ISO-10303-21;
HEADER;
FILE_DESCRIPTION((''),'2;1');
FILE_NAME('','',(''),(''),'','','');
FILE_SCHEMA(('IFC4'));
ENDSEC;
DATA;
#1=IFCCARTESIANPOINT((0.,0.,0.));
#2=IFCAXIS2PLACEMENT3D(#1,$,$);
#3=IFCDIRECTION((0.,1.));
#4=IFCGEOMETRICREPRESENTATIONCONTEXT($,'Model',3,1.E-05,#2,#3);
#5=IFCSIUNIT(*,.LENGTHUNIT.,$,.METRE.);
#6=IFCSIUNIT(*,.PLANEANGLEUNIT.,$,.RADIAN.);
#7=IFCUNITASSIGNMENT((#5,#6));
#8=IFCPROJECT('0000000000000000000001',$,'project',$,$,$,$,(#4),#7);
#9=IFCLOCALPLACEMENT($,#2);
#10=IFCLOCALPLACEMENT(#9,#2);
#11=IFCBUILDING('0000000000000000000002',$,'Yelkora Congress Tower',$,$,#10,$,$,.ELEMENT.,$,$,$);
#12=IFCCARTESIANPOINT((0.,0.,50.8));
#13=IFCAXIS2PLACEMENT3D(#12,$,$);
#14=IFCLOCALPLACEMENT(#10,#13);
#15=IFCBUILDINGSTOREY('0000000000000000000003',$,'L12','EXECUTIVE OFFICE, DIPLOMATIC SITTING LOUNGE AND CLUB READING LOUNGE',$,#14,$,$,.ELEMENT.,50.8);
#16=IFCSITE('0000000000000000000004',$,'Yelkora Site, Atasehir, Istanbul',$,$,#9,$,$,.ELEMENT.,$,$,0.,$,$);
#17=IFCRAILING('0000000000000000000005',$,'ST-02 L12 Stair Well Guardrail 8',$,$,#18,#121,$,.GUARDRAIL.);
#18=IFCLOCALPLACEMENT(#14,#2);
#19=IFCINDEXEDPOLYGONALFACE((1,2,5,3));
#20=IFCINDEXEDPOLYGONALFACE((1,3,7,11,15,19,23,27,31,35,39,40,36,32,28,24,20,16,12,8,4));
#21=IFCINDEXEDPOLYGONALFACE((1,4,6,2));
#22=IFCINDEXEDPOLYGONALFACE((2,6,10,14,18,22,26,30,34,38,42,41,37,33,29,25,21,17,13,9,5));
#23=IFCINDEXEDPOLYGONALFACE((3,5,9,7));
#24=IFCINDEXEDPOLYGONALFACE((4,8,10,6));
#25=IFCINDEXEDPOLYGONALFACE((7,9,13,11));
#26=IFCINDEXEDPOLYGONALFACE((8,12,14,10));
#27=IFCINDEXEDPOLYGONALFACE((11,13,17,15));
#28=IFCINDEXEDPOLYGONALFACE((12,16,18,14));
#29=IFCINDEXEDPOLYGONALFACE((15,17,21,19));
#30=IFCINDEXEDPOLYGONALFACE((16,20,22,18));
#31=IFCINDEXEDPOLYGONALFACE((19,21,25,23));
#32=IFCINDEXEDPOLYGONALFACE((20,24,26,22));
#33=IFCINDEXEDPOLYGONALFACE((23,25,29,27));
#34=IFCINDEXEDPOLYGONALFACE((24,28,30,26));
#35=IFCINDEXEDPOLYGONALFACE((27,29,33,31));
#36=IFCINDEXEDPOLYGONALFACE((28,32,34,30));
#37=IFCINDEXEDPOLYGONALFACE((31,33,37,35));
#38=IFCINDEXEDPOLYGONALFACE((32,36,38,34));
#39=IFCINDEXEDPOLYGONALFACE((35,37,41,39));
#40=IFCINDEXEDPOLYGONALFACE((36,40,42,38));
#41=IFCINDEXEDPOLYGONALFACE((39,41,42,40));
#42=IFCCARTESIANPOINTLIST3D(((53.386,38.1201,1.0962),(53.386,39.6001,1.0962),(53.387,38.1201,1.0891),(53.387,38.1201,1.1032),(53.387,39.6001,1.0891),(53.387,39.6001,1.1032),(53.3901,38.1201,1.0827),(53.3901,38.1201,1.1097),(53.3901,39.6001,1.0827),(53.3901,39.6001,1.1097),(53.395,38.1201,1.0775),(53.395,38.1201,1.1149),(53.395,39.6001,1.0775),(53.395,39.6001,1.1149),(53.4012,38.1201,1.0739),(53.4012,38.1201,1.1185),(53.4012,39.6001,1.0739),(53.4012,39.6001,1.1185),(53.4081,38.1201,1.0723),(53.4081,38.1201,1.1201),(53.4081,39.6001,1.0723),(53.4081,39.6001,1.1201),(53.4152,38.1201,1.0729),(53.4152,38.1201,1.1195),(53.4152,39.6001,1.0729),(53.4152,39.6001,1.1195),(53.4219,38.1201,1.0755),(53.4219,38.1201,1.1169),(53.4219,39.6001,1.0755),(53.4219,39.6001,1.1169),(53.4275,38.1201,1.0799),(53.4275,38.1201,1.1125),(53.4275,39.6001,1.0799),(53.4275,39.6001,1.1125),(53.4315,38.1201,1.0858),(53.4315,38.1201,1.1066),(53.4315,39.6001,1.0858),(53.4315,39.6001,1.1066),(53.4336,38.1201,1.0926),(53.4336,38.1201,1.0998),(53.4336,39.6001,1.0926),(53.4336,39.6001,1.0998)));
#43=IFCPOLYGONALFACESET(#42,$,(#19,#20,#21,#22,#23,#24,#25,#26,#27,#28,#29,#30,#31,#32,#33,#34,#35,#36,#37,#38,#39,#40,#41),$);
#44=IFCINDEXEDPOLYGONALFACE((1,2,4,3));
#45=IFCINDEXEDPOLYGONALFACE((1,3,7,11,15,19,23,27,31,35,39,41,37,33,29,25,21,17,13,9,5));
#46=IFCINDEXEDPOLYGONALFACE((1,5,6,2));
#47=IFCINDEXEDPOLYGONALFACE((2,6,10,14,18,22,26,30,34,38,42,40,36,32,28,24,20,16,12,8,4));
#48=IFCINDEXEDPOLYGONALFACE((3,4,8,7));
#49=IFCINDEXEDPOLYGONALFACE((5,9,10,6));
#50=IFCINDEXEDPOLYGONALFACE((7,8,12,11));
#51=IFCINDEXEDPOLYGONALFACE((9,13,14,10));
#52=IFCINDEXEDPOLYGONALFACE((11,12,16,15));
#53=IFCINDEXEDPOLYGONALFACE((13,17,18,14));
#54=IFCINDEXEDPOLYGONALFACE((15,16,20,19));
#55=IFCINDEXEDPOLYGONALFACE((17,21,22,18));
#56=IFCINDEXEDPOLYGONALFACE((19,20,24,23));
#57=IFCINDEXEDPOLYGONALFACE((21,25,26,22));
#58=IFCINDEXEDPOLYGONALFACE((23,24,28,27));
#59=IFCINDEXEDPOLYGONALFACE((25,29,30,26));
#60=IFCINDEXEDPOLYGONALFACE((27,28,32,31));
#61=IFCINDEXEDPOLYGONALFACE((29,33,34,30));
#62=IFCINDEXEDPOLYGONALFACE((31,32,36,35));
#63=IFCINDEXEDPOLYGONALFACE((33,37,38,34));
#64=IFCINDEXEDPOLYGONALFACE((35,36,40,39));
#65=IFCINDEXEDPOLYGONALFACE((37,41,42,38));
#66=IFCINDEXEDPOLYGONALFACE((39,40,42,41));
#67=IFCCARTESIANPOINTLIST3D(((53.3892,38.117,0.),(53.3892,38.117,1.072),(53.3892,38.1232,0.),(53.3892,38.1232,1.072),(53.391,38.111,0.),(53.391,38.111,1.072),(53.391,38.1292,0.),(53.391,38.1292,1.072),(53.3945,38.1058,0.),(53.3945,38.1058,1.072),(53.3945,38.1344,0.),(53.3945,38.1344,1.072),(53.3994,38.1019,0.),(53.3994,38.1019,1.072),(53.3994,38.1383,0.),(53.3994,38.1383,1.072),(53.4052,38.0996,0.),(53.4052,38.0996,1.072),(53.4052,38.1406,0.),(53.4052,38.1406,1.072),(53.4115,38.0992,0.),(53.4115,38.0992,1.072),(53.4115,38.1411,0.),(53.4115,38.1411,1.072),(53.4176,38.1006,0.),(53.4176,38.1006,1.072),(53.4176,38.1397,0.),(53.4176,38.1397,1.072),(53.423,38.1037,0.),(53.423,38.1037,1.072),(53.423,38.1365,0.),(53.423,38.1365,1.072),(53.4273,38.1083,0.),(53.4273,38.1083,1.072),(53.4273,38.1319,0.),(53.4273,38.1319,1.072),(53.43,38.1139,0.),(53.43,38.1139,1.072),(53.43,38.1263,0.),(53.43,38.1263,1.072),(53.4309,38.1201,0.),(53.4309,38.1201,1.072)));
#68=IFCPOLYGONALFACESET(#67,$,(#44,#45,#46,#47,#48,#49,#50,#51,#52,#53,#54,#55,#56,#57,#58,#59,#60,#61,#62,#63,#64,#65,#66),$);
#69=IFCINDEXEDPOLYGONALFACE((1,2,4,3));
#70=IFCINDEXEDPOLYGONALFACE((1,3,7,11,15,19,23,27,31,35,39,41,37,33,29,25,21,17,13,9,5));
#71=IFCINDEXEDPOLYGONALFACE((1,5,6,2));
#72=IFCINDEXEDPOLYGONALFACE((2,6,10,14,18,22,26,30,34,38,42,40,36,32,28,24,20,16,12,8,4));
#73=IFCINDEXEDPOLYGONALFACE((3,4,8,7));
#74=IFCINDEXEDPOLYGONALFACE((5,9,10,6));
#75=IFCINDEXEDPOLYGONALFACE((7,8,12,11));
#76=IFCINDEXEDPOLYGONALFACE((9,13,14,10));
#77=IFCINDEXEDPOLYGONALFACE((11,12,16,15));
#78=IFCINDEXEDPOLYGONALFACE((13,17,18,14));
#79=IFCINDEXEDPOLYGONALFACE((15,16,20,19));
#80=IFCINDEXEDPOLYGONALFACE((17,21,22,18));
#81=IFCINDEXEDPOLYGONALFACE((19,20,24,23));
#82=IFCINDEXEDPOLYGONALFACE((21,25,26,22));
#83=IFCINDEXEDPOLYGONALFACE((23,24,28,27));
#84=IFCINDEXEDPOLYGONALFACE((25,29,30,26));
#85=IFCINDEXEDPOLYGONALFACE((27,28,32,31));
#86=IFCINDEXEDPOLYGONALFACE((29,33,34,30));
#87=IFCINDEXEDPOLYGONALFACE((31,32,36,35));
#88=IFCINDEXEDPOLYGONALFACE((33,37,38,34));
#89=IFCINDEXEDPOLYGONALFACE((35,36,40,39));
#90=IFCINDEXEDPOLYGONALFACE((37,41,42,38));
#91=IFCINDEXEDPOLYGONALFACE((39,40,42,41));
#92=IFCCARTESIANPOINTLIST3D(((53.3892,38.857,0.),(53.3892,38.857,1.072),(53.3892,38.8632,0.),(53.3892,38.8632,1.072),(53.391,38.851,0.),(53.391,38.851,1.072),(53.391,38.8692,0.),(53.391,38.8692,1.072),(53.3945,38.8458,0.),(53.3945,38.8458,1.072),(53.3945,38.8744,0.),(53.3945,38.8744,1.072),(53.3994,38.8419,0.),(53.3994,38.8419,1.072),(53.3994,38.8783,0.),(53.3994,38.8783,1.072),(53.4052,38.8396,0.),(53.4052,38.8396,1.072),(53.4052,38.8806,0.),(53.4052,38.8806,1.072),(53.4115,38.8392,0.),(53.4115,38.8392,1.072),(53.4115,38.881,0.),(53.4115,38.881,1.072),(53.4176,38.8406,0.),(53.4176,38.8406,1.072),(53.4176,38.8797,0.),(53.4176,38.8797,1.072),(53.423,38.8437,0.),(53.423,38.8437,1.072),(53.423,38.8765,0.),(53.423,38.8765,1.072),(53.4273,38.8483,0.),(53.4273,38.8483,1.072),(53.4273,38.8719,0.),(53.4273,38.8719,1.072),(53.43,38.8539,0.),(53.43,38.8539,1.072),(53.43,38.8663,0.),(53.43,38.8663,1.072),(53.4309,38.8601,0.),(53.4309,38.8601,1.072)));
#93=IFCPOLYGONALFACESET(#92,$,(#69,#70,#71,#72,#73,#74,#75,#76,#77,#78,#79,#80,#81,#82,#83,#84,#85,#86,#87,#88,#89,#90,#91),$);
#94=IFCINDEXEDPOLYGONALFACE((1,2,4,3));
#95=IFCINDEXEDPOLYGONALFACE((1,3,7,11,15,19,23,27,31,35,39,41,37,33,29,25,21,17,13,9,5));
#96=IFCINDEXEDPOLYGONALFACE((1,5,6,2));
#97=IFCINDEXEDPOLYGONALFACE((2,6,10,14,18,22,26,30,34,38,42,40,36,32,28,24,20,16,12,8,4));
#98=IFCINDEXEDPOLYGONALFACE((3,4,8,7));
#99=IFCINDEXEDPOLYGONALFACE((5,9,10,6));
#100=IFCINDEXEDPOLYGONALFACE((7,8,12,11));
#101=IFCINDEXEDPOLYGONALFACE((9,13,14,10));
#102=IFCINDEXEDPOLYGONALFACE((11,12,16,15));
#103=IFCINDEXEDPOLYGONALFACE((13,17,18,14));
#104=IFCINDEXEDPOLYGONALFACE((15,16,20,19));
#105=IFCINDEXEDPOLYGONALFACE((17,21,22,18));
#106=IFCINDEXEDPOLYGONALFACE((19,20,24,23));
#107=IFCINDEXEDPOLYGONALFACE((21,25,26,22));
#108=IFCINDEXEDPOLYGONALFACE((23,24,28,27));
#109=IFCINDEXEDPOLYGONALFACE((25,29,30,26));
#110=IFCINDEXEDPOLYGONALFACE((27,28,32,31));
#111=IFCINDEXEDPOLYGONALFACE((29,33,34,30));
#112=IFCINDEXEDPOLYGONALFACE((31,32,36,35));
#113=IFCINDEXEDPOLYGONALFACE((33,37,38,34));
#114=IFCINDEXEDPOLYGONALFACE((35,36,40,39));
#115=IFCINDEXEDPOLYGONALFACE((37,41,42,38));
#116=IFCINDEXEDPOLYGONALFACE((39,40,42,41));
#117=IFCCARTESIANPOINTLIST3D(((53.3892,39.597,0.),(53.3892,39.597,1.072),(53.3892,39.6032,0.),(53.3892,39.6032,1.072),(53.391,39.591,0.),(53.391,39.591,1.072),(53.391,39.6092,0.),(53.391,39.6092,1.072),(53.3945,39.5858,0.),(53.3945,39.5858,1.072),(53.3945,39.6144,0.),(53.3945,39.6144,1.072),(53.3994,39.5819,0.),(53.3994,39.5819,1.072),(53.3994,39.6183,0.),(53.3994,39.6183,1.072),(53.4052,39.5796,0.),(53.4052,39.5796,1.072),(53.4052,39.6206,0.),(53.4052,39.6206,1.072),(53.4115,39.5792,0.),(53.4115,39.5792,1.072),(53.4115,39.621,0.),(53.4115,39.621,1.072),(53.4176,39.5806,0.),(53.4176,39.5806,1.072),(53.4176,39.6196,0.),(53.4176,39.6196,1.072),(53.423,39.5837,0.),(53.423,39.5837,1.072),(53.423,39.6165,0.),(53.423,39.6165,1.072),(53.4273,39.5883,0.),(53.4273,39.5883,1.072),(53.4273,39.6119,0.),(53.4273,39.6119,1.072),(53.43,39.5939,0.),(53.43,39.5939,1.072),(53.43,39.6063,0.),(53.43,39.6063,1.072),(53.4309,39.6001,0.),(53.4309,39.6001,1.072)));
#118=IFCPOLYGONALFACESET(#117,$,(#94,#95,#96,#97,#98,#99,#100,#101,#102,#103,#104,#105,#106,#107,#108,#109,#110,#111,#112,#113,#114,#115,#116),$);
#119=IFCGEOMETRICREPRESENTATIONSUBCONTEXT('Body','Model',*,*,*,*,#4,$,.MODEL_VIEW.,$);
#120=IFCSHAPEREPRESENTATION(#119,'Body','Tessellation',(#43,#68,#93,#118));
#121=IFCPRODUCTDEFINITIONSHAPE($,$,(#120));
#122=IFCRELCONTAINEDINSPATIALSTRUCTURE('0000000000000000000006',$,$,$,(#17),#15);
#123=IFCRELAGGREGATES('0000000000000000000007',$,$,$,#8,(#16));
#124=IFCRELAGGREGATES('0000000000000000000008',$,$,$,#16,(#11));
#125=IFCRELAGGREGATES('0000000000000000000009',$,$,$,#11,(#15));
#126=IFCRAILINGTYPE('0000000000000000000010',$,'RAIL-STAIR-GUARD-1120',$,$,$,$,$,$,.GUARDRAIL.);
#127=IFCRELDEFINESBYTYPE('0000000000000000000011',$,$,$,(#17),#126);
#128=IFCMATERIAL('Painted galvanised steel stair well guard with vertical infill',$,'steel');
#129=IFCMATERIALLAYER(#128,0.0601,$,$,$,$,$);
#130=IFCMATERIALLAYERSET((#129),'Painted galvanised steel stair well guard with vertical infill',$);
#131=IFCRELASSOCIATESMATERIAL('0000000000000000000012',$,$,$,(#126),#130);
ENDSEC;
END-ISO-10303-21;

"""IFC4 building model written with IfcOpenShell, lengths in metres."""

from ifc_helpers import new_model, si_unit, direction, frame, origin, origin_2d, place, context, subcontext, project, spatial, circle, extrude, material, layer, layer_set, type_object, element, save


model = new_model("IFC4")

# Units and contexts
model_context = context("Model", 3, precision=1e-05, world=origin(), true_north=direction((0.0, 1.0)))
body_context = subcontext(model_context, "Body", "Model", "MODEL_VIEW")
ifc_project = project(units=[si_unit("LENGTHUNIT", "METRE"), si_unit("PLANEANGLEUNIT", "RADIAN")], contexts=[model_context])

# Site, building, storey
site_placement = place(None, origin())
site = spatial("IfcSite", under=ifc_project, at=site_placement, Name="Yelkora Site, Atasehir, Istanbul", CompositionType="ELEMENT", RefElevation=0.0)
building_placement = place(site_placement, origin())
building = spatial("IfcBuilding", under=site, at=building_placement, Name="Yelkora Congress Tower", CompositionType="ELEMENT")
storey_placement = place(building_placement, frame((0.0, 0.0, 50.8)))
storey = spatial("IfcBuildingStorey", under=building, at=storey_placement, Name="L12", Description="EXECUTIVE OFFICE, DIPLOMATIC SITTING LOUNGE AND CLUB READING LOUNGE", CompositionType="ELEMENT", Elevation=50.8)

# Railing
ifc_material_1 = material(Name="Painted galvanised steel stair well guard with vertical infill", Category="steel")
ifc_layer_1 = layer(ifc_material_1, 0.0601)
ifc_layer_set_1 = layer_set([ifc_layer_1], Name="Painted galvanised steel stair well guard with vertical infill")
railing_type_1 = type_object("IfcRailingType", Name="RAIL-STAIR-GUARD-1120", PredefinedType="GUARDRAIL", material=ifc_layer_set_1)
railing_1_placement = place(storey_placement, frame((53.4099, 38.1201, 0.0)))
element("IfcRailing", 1, at=railing_1_placement, inside=storey, type_object=railing_type_1, Name="ST-02 L12 Stair Well Guardrail 8", PredefinedType="GUARDRAIL", context=body_context, shape_type="SweptSolid", body=[
    extrude(circle(Radius=0.0239, at=origin_2d()), frame((0.0, 0.0, 1.0962), z_axis=(0.0, 1.0, 0.0), x_axis=(-1.0, 0.0, 0.0)), (0.0, 0.0, 1.0), 1.48),
    extrude(circle(Radius=0.021, at=origin_2d()), origin(), (0.0, 0.0, 1.0), 1.072),
    extrude(circle(Radius=0.021, at=origin_2d()), frame((0.0, 0.74, 0.0)), (0.0, 0.0, 1.0), 1.072),
    extrude(circle(Radius=0.021, at=origin_2d()), frame((0.0, 1.48, 0.0)), (0.0, 0.0, 1.0), 1.072),
])

save(model, "model.ifc")
